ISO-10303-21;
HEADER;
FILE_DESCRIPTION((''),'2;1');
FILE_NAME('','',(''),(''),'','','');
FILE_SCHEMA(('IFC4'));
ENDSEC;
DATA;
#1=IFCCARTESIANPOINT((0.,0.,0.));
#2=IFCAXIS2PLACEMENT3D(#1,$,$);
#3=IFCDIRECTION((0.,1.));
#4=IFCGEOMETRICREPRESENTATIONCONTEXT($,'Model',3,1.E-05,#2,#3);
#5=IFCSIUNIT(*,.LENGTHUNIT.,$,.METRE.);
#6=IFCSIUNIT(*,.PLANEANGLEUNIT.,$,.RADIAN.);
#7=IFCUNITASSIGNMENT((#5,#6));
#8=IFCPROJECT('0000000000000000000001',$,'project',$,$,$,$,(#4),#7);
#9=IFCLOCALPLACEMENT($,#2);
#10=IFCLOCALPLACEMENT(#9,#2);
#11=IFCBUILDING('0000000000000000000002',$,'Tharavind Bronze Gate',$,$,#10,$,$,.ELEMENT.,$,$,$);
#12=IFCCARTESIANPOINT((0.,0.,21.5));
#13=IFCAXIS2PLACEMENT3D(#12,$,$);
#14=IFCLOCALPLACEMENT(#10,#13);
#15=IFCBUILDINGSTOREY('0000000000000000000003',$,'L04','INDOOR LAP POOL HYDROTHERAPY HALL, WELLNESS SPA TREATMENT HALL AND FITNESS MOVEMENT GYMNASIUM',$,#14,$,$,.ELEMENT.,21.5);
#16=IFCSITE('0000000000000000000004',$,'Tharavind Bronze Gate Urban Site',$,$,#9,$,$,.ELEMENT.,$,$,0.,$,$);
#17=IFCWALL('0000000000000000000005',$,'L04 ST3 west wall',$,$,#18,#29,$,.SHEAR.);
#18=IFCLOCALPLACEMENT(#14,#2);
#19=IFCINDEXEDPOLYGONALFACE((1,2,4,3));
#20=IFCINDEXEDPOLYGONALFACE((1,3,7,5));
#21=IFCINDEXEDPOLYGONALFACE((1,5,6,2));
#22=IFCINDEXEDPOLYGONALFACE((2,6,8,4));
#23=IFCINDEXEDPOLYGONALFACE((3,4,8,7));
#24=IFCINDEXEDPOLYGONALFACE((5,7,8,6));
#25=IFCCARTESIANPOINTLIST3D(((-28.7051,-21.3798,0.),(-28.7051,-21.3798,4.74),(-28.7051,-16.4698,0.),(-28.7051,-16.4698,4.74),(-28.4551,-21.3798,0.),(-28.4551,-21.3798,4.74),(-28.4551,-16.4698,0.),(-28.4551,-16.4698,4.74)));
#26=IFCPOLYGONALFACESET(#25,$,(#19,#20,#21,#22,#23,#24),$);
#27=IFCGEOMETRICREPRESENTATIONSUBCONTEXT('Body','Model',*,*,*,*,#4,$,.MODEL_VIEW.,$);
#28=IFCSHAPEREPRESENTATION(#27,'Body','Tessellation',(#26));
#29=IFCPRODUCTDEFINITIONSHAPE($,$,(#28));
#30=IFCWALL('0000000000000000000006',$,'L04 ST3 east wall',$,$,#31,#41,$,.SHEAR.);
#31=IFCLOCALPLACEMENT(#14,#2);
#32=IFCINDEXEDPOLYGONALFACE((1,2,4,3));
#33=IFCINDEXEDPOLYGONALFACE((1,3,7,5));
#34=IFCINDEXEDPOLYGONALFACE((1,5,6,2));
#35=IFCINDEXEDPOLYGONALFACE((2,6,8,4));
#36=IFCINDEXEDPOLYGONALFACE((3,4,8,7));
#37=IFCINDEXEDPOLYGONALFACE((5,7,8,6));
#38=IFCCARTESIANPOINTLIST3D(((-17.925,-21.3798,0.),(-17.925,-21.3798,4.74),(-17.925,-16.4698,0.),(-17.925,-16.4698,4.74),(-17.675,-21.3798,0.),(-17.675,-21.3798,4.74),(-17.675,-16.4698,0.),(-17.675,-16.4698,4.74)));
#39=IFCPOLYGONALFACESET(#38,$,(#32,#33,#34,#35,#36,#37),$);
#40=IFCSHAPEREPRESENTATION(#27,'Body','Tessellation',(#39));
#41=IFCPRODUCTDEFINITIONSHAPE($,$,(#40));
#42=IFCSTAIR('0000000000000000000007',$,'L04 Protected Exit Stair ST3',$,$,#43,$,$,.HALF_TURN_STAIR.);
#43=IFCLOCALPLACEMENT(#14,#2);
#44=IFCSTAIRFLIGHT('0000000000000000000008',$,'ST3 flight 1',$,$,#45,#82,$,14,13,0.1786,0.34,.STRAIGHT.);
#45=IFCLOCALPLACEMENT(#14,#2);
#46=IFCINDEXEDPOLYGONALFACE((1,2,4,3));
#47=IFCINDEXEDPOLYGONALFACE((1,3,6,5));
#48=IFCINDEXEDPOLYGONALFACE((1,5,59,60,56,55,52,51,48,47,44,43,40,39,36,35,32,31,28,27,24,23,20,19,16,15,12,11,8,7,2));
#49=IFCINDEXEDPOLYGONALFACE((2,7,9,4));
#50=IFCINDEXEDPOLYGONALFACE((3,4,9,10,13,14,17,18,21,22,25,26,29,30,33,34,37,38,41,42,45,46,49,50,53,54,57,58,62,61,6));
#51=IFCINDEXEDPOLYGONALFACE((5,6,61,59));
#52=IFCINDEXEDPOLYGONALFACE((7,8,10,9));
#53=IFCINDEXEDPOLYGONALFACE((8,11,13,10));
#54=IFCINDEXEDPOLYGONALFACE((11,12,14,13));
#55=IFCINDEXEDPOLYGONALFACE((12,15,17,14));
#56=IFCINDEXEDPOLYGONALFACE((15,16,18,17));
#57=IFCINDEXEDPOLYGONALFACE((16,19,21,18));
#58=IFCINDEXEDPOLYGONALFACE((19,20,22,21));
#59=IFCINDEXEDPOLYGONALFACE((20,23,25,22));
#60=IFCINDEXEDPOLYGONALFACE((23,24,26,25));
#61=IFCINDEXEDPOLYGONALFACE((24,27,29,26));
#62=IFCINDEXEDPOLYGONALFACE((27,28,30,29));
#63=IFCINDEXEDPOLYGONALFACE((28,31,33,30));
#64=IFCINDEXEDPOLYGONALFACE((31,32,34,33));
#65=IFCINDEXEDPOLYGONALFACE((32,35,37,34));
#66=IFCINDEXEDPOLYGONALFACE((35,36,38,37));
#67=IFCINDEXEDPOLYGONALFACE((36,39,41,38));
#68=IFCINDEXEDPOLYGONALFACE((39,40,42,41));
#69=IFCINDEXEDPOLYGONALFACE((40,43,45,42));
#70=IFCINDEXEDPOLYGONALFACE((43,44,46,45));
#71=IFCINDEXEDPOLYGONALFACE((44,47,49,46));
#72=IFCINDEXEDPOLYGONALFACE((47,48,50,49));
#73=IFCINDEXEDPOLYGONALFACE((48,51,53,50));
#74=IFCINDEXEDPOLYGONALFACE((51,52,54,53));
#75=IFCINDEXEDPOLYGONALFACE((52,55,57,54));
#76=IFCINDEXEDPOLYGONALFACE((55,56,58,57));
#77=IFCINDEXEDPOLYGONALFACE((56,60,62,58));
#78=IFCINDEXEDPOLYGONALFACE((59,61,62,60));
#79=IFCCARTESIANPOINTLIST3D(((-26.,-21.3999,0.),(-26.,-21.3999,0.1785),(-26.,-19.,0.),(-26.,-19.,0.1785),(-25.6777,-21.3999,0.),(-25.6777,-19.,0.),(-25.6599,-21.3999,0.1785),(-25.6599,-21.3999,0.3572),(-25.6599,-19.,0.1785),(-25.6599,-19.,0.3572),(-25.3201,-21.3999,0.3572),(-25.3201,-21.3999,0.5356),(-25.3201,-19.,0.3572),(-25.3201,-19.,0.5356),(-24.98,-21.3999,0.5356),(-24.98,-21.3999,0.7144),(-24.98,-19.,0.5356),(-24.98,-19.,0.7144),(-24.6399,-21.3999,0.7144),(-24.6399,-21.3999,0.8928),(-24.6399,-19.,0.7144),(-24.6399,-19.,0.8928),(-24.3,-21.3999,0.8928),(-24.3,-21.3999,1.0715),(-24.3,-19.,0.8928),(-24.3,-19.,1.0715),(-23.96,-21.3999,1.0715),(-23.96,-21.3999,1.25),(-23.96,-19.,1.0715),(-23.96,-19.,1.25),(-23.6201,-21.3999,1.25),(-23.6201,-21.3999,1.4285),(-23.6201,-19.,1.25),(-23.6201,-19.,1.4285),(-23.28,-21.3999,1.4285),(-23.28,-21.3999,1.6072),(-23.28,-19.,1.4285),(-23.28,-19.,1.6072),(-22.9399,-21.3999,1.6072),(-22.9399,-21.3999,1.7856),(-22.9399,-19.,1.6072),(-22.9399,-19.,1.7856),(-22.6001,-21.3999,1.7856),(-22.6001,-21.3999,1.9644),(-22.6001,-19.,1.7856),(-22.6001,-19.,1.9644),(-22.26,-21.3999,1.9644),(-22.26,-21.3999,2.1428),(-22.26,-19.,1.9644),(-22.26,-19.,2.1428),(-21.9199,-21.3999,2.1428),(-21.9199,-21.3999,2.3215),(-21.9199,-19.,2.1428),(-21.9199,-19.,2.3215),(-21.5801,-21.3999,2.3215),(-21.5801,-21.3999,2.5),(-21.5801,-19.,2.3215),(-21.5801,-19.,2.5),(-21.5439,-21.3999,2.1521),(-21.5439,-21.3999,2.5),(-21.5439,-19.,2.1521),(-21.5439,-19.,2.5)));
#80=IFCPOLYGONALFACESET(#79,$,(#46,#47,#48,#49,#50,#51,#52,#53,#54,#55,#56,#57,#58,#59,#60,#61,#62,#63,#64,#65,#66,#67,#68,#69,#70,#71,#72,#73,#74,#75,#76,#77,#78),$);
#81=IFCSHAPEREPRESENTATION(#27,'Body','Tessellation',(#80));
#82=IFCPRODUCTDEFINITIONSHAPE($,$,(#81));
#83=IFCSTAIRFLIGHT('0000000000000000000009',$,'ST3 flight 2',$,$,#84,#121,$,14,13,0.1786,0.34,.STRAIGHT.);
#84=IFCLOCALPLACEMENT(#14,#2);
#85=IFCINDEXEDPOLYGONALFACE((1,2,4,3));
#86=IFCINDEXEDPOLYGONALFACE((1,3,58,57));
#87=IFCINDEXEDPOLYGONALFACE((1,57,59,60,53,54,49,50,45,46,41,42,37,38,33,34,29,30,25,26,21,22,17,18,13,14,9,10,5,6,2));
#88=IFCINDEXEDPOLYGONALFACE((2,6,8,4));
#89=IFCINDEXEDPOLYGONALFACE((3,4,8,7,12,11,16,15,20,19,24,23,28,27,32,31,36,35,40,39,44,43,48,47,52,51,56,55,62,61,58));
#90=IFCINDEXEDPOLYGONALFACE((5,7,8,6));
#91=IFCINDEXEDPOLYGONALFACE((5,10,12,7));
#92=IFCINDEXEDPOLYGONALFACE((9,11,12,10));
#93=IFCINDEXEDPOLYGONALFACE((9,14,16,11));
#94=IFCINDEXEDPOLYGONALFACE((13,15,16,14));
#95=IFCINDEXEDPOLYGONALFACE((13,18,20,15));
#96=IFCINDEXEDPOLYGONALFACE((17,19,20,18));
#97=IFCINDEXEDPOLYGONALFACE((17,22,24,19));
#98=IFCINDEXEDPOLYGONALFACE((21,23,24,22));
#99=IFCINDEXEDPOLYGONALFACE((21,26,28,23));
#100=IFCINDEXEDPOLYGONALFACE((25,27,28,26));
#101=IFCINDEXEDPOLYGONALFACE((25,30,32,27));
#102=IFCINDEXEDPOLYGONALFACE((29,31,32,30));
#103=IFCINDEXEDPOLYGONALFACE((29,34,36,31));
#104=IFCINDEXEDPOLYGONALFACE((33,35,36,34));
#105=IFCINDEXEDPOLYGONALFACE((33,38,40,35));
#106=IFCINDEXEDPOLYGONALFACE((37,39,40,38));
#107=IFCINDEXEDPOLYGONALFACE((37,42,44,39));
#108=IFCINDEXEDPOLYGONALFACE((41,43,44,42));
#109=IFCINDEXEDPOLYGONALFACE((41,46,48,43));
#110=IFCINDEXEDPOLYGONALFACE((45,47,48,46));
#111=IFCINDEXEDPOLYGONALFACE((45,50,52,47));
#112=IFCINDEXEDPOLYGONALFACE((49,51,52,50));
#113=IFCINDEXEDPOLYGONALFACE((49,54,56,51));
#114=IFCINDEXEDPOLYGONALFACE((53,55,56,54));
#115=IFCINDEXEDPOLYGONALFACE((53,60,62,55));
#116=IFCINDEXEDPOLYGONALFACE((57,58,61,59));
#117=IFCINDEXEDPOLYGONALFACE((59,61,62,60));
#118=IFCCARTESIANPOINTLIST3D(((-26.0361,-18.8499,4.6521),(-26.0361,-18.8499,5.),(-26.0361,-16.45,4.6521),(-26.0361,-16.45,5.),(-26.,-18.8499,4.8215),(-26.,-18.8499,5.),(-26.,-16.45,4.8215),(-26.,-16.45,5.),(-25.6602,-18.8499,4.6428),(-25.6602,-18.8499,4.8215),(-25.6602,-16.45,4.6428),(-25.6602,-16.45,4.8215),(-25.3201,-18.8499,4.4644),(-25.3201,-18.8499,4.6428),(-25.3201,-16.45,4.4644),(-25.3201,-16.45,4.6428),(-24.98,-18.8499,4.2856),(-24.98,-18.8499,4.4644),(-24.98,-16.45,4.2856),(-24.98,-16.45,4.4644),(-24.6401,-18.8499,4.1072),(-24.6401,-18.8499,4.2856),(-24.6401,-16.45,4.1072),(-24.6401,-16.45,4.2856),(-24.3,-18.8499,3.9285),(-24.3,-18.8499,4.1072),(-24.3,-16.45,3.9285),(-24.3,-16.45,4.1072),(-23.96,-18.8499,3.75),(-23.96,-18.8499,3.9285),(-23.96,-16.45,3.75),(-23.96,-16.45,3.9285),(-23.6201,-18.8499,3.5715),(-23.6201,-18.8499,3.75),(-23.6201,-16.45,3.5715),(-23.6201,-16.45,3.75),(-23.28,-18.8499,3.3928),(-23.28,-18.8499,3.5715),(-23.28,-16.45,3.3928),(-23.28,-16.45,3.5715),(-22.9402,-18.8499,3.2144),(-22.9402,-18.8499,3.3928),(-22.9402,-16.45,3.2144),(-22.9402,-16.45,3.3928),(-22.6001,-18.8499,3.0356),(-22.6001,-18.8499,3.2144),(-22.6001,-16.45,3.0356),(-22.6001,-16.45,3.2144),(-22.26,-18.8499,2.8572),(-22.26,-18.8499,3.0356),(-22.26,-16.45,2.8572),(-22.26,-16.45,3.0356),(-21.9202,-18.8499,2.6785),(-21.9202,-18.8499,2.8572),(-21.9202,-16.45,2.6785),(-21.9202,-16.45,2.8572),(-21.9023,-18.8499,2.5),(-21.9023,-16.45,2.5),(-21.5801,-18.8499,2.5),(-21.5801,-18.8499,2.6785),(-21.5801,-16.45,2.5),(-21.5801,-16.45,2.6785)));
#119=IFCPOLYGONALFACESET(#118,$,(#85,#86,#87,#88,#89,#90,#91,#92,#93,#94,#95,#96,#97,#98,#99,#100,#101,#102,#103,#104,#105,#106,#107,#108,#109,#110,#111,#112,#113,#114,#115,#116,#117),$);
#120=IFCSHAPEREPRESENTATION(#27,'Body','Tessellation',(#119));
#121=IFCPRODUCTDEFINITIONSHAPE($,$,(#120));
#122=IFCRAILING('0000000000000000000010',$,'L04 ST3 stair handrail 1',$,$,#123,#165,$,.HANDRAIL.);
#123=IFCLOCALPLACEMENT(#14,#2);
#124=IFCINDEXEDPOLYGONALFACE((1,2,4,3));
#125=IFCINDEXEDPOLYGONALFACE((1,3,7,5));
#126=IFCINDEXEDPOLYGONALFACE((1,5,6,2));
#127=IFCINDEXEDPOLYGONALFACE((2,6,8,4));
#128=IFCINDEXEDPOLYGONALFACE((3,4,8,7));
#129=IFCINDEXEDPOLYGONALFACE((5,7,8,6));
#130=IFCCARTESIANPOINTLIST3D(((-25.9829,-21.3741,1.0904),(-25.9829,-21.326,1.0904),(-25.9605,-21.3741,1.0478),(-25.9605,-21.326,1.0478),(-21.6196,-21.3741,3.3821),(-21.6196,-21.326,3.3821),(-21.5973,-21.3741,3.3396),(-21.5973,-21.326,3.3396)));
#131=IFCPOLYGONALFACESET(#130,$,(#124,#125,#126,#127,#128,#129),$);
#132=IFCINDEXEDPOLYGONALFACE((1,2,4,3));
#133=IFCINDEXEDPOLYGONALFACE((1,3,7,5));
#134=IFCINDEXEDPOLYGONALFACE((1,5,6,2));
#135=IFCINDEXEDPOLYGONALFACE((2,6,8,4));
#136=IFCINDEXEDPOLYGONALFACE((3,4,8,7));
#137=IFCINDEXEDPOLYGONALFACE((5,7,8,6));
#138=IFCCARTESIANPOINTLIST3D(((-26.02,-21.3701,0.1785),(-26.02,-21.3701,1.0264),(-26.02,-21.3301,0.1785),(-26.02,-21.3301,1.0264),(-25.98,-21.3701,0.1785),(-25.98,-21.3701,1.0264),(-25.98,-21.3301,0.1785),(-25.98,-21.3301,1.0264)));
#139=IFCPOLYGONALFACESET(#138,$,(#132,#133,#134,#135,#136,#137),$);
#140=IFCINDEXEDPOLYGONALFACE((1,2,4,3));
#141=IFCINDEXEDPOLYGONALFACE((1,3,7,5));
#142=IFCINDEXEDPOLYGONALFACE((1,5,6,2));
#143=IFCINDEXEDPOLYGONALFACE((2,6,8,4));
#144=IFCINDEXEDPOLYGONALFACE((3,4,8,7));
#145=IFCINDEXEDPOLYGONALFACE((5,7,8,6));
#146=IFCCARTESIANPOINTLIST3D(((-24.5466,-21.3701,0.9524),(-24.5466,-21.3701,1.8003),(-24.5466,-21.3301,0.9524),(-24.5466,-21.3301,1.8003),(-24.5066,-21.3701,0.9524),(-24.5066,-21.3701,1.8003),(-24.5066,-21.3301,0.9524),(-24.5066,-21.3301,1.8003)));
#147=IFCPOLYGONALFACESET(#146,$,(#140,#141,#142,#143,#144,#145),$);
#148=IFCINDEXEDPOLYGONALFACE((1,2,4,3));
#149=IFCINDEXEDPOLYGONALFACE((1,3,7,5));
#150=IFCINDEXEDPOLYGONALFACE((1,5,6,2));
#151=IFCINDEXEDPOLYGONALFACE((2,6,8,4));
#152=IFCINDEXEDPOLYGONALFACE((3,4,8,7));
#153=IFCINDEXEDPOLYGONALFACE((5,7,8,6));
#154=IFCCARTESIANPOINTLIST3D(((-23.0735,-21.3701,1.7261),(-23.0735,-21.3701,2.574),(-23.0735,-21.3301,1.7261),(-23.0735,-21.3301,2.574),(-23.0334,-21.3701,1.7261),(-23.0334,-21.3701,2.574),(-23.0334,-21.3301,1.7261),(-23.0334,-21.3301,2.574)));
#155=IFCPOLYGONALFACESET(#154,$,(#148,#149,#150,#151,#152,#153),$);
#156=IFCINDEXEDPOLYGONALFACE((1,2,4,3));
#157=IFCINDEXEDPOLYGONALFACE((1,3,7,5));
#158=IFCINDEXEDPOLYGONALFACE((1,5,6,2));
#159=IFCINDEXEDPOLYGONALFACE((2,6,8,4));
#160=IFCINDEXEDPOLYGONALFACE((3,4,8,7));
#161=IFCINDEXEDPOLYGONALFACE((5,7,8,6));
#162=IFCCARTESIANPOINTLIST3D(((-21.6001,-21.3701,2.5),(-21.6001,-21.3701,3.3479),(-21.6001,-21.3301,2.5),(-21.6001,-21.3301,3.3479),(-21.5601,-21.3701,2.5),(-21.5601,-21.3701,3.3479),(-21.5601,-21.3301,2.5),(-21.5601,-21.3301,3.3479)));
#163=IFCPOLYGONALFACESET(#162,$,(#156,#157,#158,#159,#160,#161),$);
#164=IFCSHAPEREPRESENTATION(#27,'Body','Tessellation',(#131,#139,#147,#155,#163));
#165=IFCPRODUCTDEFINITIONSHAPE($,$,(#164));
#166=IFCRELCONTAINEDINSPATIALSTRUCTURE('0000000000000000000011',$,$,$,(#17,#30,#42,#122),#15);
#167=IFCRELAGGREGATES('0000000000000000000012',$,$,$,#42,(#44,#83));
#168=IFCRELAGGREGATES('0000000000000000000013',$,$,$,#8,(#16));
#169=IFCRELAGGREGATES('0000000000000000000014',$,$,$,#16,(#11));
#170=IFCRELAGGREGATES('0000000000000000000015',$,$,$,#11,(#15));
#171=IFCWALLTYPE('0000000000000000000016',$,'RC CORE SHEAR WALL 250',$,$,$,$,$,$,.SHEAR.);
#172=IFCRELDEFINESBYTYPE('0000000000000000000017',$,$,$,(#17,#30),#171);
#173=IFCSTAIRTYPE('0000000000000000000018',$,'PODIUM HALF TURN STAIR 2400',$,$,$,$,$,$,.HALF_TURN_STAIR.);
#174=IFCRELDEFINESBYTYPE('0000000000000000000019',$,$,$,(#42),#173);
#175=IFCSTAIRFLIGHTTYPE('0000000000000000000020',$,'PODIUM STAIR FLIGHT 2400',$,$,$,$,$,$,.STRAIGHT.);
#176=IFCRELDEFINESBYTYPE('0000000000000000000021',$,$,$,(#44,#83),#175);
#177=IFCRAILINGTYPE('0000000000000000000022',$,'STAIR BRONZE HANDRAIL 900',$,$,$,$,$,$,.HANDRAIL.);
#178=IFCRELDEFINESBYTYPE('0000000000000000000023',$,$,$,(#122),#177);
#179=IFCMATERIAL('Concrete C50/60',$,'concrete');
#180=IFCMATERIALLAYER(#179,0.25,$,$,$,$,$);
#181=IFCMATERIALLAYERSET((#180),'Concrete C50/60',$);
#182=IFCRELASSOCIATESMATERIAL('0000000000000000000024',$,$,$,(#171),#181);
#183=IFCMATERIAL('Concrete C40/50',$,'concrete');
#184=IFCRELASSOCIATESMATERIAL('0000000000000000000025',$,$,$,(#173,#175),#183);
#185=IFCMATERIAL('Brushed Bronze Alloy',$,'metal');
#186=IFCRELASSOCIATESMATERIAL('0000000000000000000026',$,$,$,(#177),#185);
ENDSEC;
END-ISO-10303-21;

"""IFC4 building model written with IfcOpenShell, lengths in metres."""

from ifc_helpers import new_model, si_unit, direction, frame, frame_2d, origin, origin_2d, place, context, subcontext, project, spatial, polyline, rectangle, outline, extrude, material, layer, layer_set, type_object, element, aggregate, save


model = new_model("IFC4")

# Units and contexts
model_context = context("Model", 3, precision=1e-05, world=origin(), true_north=direction((0.0, 1.0)))
body_context = subcontext(model_context, "Body", "Model", "MODEL_VIEW")
ifc_project = project(units=[si_unit("LENGTHUNIT", "METRE"), si_unit("PLANEANGLEUNIT", "RADIAN")], contexts=[model_context])

# Site, building, storey
site_placement = place(None, origin())
site = spatial("IfcSite", under=ifc_project, at=site_placement, Name="Tharavind Bronze Gate Urban Site", CompositionType="ELEMENT", RefElevation=0.0)
building_placement = place(site_placement, origin())
building = spatial("IfcBuilding", under=site, at=building_placement, Name="Tharavind Bronze Gate", CompositionType="ELEMENT")
storey_placement = place(building_placement, frame((0.0, 0.0, 21.5)))
storey = spatial("IfcBuildingStorey", under=building, at=storey_placement, Name="L04", Description="INDOOR LAP POOL HYDROTHERAPY HALL, WELLNESS SPA TREATMENT HALL AND FITNESS MOVEMENT GYMNASIUM", CompositionType="ELEMENT", Elevation=21.5)

# Shared definitions
ifc_material_1 = material(Name="Concrete C50/60", Category="concrete")
ifc_layer_1 = layer(ifc_material_1, 0.25)
ifc_layer_set_1 = layer_set([ifc_layer_1], Name="Concrete C50/60")
wall_type_1 = type_object("IfcWallType", Name="RC CORE SHEAR WALL 250", PredefinedType="SHEAR", material=ifc_layer_set_1)

# Walls
for number, where, z_axis, x_axis, name in (
    (1, (-28.5801, -21.3799, 0.0), (0.0, 0.0, 1.0), (0.0, 1.0, 0.0), "L04 ST3 west wall"),
    (2, (-17.8, -21.3799, 0.0), (0.0, 0.0, 1.0), (0.0, 1.0, 0.0), "L04 ST3 east wall"),
):
    element("IfcWall", number, at=place(storey_placement, frame(where, z_axis=z_axis, x_axis=x_axis)), inside=storey, type_object=wall_type_1, Name=name, PredefinedType="SHEAR", context=body_context, shape_type="SweptSolid", body=[
        extrude(rectangle(XDim=4.9099, YDim=0.25, at=frame_2d((2.4551, 0.0))), origin(), (0.0, 0.0, 1.0), 4.74),
    ])

# Stair, stair flights
ifc_material_2 = material(Name="Concrete C40/50", Category="concrete")
stair_type = type_object("IfcStairType", Name="PODIUM HALF TURN STAIR 2400", PredefinedType="HALF_TURN_STAIR", material=ifc_material_2)
stair_placement = place(storey_placement, origin())
stair = element("IfcStair", 3, at=stair_placement, inside=storey, type_object=stair_type, Name="L04 Protected Exit Stair ST3", PredefinedType="HALF_TURN_STAIR")
stair_flight_type = type_object("IfcStairFlightType", Name="PODIUM STAIR FLIGHT 2400", PredefinedType="STRAIGHT", material=ifc_material_2)
stair_flight_1_placement = place(storey_placement, frame((-26.0, -20.2, 0.0), z_axis=(0.0, 0.0, 1.0), x_axis=(1.0, 0.0, 0.0)))
stair_flight_1 = element("IfcStairFlight", 4, at=stair_flight_1_placement, type_object=stair_flight_type, Name="ST3 flight 1", NumberOfRisers=14, NumberOfTreads=13, PredefinedType="STRAIGHT", RiserHeight=0.1786, TreadLength=0.34, context=body_context, shape_type="SweptSolid", body=[
    extrude(outline(polyline([(0.0, 0.0), (0.0, 0.1785), (0.3401, 0.1785), (0.3401, 0.3572), (0.6799, 0.3572), (0.6799, 0.5356), (1.02, 0.5356), (1.02, 0.7144), (1.3601, 0.7144), (1.3601, 0.8928), (1.7, 0.8928), (1.7, 1.0715), (2.04, 1.0715), (2.04, 1.25), (2.3799, 1.25), (2.3799, 1.4285), (2.72, 1.4285), (2.72, 1.6072), (3.0601, 1.6072), (3.0601, 1.7856), (3.3999, 1.7856), (3.3999, 1.9644), (3.74, 1.9644), (3.74, 2.1428), (4.0801, 2.1428), (4.0801, 2.3215), (4.4199, 2.3215), (4.4199, 2.5), (4.4561, 2.5), (4.4561, 2.1521), (0.3223, 0.0), (0.0, 0.0)])), frame((0.0, 1.2, 0.0), z_axis=(0.0, -1.0, 0.0), x_axis=(1.0, 0.0, 0.0)), (0.0, 0.0, 1.0), 2.3999),
])
stair_flight_2_placement = place(storey_placement, frame((-21.5801, -17.6499, 2.5), z_axis=(0.0, 0.0, 1.0), x_axis=(-1.0, 0.0, 0.0)))
stair_flight_2 = element("IfcStairFlight", 5, at=stair_flight_2_placement, type_object=stair_flight_type, Name="ST3 flight 2", NumberOfRisers=14, NumberOfTreads=13, PredefinedType="STRAIGHT", RiserHeight=0.1786, TreadLength=0.34, context=body_context, shape_type="SweptSolid", body=[
    extrude(outline(polyline([(0.0, 0.0), (0.0, 0.1785), (0.3401, 0.1785), (0.3401, 0.3572), (0.6799, 0.3572), (0.6799, 0.5356), (1.02, 0.5356), (1.02, 0.7144), (1.3601, 0.7144), (1.3601, 0.8928), (1.7, 0.8928), (1.7, 1.0715), (2.04, 1.0715), (2.04, 1.25), (2.3799, 1.25), (2.3799, 1.4285), (2.72, 1.4285), (2.72, 1.6072), (3.0601, 1.6072), (3.0601, 1.7856), (3.3999, 1.7856), (3.3999, 1.9644), (3.74, 1.9644), (3.74, 2.1428), (4.0801, 2.1428), (4.0801, 2.3215), (4.4199, 2.3215), (4.4199, 2.5), (4.4561, 2.5), (4.4561, 2.1521), (0.3223, 0.0), (0.0, 0.0)])), frame((0.0, 1.2, 0.0), z_axis=(0.0, -1.0, 0.0), x_axis=(1.0, 0.0, 0.0)), (0.0, 0.0, 1.0), 2.3999),
])
aggregate(stair, [stair_flight_1, stair_flight_2])

# Railing
ifc_material_3 = material(Name="Brushed Bronze Alloy", Category="metal")
railing_type_1 = type_object("IfcRailingType", Name="STAIR BRONZE HANDRAIL 900", PredefinedType="HANDRAIL", material=ifc_material_3)
railing_1_placement = place(storey_placement, frame((-26.0, -21.3501, 0.1785)))
element("IfcRailing", 6, at=railing_1_placement, inside=storey, type_object=railing_type_1, Name="L04 ST3 stair handrail 1", PredefinedType="HANDRAIL", context=body_context, shape_type="SweptSolid", body=[
    extrude(rectangle(XDim=0.0481, YDim=0.0481, at=origin_2d()), frame((0.0283, 0.0, 0.8906), z_axis=(0.885309, 0.0, 0.465003), x_axis=(0.0, 1.0, 0.0)), (0.0, 0.0, 1.0), 4.9285),
    extrude(rectangle(XDim=0.04, YDim=0.04, at=origin_2d()), origin(), (0.0, 0.0, 1.0), 0.8479),
    extrude(rectangle(XDim=0.04, YDim=0.04, at=origin_2d()), frame((1.4734, 0.0, 0.7739)), (0.0, 0.0, 1.0), 0.8479),
    extrude(rectangle(XDim=0.04, YDim=0.04, at=origin_2d()), frame((2.9465, 0.0, 1.5476)), (0.0, 0.0, 1.0), 0.8479),
    extrude(rectangle(XDim=0.04, YDim=0.04, at=origin_2d()), frame((4.4199, 0.0, 2.3215)), (0.0, 0.0, 1.0), 0.8479),
])

save(model, "model.ifc")
